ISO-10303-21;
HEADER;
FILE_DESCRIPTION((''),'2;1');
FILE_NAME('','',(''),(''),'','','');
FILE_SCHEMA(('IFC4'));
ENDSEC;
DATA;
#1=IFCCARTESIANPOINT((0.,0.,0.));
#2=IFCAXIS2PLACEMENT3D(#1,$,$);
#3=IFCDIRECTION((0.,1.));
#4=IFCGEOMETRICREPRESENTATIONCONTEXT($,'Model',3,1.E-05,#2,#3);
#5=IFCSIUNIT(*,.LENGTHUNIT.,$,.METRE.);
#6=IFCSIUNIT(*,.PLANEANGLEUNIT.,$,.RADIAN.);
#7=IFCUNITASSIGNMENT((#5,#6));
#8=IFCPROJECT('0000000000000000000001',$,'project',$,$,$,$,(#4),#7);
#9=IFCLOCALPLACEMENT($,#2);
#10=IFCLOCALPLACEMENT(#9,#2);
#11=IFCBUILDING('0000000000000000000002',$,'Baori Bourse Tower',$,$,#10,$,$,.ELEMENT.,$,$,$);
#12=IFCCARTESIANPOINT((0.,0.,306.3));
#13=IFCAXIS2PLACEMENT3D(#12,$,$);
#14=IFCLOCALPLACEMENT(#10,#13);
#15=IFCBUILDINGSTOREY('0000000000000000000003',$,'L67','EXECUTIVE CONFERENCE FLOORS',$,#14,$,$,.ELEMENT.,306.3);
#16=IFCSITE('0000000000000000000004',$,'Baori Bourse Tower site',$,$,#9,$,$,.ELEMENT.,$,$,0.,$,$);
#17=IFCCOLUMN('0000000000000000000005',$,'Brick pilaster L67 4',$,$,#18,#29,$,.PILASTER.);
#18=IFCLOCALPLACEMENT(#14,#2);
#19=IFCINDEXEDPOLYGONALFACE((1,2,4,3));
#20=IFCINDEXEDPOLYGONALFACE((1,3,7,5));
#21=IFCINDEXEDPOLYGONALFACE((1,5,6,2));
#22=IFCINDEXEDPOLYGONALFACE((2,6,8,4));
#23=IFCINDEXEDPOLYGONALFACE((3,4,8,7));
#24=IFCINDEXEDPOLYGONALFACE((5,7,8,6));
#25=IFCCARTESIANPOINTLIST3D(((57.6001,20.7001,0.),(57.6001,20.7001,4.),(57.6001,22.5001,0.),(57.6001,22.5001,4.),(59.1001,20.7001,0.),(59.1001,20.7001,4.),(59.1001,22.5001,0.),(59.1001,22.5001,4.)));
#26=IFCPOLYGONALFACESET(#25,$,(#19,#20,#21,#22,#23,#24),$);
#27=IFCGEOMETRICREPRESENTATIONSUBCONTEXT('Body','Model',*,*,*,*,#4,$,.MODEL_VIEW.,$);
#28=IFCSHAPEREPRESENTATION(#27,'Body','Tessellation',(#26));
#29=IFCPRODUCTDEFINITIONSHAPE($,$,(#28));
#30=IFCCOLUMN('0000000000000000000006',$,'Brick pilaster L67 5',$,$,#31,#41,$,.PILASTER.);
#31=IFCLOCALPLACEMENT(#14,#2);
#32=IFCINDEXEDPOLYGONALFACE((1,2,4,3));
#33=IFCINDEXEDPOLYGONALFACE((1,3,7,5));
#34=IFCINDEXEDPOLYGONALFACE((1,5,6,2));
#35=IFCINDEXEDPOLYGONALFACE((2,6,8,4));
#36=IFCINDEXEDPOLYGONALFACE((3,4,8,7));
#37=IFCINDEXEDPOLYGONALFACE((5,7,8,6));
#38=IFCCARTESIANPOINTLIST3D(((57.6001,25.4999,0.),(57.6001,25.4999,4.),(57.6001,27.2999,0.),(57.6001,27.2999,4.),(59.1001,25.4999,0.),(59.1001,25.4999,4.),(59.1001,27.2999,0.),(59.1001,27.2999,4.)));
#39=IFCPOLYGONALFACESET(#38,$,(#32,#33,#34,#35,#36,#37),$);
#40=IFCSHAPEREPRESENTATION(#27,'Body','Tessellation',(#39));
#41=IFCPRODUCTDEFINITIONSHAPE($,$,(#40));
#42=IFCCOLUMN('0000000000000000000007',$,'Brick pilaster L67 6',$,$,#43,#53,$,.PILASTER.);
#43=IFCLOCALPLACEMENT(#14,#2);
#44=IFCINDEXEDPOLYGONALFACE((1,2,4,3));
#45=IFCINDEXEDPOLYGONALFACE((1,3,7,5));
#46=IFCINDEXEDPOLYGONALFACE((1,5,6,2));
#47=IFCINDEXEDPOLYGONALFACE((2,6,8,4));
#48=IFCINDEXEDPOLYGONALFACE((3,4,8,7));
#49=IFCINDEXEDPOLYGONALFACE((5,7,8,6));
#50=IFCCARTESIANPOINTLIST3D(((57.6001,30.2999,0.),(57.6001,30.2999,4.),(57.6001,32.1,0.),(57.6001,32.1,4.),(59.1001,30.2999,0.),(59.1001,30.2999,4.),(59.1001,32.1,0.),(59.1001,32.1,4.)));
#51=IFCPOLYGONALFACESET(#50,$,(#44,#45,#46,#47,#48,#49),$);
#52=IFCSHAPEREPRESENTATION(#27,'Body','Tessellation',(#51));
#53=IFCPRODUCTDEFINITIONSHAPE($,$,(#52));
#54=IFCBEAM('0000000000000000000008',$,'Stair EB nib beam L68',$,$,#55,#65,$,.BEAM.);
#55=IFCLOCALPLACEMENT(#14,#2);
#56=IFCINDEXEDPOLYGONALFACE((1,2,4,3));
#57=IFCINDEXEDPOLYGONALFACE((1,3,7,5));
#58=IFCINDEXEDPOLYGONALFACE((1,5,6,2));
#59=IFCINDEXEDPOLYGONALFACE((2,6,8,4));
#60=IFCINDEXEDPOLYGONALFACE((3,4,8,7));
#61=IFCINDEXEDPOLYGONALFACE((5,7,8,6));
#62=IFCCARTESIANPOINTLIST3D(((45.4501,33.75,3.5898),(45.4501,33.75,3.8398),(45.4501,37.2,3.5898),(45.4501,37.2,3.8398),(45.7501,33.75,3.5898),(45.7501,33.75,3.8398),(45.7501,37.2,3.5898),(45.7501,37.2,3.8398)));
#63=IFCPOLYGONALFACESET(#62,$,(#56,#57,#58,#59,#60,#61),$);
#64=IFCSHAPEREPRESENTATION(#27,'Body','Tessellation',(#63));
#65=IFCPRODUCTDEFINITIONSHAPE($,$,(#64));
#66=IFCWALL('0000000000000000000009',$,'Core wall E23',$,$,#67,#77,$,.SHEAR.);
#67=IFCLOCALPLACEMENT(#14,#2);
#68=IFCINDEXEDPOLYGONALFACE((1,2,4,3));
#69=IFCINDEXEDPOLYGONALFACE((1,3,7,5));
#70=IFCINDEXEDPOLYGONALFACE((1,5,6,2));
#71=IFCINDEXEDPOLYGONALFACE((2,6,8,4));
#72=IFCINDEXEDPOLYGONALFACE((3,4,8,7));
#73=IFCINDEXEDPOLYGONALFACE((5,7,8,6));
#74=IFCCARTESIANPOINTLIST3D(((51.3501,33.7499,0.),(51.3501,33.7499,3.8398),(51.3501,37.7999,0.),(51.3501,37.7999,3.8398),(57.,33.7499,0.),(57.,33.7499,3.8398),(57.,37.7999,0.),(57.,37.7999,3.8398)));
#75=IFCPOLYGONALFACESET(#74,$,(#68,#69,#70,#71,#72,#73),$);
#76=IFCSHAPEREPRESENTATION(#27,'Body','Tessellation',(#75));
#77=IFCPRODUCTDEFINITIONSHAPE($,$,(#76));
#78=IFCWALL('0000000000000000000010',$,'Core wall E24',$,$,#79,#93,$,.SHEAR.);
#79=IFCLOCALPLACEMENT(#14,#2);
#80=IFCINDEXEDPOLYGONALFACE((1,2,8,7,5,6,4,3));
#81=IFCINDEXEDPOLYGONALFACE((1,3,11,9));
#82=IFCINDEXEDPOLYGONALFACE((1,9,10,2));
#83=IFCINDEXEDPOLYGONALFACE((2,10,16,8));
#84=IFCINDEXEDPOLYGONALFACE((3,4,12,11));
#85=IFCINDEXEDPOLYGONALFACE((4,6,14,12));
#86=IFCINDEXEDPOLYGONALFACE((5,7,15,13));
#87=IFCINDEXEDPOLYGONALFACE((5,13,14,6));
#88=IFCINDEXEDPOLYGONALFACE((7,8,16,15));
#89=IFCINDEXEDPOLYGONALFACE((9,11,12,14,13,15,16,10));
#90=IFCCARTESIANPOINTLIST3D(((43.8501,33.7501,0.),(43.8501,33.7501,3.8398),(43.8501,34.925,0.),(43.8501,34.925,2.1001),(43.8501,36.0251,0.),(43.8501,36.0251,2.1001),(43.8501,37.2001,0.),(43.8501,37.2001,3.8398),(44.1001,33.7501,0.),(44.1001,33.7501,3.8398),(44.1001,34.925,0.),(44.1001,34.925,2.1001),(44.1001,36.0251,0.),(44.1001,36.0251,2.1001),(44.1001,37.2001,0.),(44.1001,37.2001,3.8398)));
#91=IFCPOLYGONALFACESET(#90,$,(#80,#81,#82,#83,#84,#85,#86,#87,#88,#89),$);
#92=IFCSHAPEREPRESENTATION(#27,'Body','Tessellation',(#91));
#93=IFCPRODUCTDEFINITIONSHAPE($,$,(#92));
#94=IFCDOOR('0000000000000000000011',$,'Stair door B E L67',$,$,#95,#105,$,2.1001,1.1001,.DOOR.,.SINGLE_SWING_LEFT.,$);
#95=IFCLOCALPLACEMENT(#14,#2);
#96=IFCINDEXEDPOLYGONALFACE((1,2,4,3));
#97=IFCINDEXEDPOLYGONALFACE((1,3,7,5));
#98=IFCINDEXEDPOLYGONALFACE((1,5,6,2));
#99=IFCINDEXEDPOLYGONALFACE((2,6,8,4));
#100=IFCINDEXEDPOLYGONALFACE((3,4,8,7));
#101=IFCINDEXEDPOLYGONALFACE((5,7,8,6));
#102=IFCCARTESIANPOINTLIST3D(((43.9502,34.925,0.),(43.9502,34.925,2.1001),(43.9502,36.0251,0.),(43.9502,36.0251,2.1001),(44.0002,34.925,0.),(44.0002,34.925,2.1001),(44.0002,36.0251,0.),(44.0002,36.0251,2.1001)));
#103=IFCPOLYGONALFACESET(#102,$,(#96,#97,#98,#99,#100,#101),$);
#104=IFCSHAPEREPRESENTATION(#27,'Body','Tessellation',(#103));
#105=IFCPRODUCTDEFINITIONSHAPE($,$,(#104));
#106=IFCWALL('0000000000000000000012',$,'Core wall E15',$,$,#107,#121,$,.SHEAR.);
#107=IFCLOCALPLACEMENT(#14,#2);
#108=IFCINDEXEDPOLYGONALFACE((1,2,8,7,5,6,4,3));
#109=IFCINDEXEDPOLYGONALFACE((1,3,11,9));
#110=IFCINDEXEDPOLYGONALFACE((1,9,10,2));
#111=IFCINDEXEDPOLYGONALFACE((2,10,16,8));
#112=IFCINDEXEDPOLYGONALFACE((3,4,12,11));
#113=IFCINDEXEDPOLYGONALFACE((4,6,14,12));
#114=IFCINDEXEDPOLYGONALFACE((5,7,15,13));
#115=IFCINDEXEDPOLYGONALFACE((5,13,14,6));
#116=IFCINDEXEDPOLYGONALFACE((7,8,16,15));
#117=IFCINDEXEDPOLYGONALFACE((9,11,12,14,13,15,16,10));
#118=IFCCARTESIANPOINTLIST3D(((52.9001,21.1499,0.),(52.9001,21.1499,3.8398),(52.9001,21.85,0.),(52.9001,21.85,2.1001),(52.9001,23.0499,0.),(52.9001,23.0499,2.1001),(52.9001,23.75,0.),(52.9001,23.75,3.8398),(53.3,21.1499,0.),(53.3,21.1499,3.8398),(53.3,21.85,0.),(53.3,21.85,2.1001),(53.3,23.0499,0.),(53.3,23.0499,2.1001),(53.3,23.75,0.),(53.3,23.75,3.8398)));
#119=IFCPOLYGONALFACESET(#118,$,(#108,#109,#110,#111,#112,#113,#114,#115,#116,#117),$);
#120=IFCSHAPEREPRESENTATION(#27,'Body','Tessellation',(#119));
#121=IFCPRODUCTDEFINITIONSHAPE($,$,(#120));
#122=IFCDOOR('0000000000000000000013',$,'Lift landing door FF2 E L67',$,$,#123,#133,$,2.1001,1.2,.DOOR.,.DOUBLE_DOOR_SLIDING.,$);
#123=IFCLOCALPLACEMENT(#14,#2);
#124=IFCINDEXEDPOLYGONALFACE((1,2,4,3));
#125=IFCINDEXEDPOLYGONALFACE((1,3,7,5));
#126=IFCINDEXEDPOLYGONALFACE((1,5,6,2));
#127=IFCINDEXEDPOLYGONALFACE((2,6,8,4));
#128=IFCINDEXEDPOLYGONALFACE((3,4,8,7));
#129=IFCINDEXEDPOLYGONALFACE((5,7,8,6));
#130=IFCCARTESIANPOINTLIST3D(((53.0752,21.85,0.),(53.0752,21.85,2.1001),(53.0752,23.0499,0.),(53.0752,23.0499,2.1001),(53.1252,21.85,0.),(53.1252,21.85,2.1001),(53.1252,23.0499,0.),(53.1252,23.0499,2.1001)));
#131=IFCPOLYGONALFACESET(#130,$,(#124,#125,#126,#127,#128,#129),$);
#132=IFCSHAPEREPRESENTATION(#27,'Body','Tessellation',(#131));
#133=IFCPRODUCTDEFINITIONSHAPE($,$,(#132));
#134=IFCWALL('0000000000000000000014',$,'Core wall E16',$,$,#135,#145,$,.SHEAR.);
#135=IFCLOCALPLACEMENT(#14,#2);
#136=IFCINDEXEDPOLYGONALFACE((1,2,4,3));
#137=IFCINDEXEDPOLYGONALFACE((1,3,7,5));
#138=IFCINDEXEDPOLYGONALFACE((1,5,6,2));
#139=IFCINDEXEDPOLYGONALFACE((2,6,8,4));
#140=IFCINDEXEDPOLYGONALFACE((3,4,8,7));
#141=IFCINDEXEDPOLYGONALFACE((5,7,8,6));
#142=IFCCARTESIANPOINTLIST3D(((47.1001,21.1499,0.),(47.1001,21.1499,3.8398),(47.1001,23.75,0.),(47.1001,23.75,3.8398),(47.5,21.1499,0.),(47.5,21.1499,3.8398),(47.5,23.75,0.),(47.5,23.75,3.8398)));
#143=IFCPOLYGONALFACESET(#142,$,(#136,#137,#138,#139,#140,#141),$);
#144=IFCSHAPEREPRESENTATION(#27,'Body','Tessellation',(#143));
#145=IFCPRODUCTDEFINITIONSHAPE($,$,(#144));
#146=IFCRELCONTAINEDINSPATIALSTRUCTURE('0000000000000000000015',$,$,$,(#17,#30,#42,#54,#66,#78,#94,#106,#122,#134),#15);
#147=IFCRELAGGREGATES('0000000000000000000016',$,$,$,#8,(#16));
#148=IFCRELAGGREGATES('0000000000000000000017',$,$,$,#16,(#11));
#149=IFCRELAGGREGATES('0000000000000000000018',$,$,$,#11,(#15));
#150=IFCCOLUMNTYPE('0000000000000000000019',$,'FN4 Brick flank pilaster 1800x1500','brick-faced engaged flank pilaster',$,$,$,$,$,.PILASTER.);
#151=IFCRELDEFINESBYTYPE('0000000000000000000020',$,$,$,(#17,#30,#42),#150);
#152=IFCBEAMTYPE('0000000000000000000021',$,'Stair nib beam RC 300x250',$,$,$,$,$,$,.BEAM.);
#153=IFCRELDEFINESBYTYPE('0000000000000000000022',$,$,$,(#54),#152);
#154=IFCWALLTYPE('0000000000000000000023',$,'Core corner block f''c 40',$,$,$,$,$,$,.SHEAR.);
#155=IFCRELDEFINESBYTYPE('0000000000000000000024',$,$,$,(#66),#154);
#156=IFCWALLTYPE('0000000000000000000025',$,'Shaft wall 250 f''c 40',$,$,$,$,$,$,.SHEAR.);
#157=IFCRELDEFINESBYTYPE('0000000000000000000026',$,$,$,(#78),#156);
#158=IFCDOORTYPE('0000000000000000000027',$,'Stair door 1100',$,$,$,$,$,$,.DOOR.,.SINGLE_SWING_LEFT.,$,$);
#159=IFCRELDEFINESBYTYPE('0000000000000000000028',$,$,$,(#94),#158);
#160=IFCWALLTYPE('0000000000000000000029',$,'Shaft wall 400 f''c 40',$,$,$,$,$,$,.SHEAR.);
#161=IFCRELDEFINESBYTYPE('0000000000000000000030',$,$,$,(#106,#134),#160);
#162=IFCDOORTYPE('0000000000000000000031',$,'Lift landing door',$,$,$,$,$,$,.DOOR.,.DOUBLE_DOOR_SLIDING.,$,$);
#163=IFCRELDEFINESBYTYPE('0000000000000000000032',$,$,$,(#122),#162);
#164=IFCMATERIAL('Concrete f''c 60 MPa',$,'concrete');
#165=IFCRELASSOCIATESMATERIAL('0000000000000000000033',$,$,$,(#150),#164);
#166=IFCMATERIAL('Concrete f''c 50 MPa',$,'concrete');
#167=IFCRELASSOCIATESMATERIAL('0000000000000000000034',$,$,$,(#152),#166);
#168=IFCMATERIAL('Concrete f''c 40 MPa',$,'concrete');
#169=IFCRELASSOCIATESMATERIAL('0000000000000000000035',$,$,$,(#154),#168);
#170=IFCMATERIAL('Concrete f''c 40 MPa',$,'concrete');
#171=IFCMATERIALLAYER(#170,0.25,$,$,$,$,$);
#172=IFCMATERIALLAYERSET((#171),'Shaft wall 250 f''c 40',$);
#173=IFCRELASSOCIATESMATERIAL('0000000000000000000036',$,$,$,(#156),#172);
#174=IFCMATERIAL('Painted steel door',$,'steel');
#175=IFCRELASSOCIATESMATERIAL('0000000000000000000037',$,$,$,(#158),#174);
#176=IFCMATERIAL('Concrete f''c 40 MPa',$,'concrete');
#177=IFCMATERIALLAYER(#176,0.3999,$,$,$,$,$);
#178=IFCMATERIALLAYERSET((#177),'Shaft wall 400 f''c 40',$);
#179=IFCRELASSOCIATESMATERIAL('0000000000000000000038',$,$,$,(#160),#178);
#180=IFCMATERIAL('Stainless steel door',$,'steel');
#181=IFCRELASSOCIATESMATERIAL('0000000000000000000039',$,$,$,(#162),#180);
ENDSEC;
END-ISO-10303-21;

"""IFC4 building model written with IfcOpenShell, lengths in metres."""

from ifc_helpers import new_model, si_unit, direction, frame, frame_2d, origin, origin_2d, place, context, subcontext, project, spatial, rectangle, extrude, material, layer, layer_set, material_profile, profile_set, type_object, element, fill, save


model = new_model("IFC4")

# Units and contexts
model_context = context("Model", 3, precision=1e-05, world=origin(), true_north=direction((0.0, 1.0)))
body_context = subcontext(model_context, "Body", "Model", "MODEL_VIEW")
ifc_project = project(units=[si_unit("LENGTHUNIT", "METRE"), si_unit("PLANEANGLEUNIT", "RADIAN")], contexts=[model_context])

# Site, building, storey
site_placement = place(None, origin())
site = spatial("IfcSite", under=ifc_project, at=site_placement, Name="Baori Bourse Tower site", CompositionType="ELEMENT", RefElevation=0.0)
building_placement = place(site_placement, origin())
building = spatial("IfcBuilding", under=site, at=building_placement, Name="Baori Bourse Tower", CompositionType="ELEMENT")
storey_placement = place(building_placement, frame((0.0, 0.0, 306.3)))
storey = spatial("IfcBuildingStorey", under=building, at=storey_placement, Name="L67", Description="EXECUTIVE CONFERENCE FLOORS", CompositionType="ELEMENT", Elevation=306.3)

# Columns
ifc_material_1 = material(Name="Concrete f'c 60 MPa", Category="concrete")
ifc_material_profile_1 = material_profile(ifc_material_1, rectangle(XDim=1.8, YDim=1.5, at=origin_2d()), Name="RC 1800x1500")
ifc_profile_set_1 = profile_set([ifc_material_profile_1], Name="Concrete f'c 60 MPa")
column_type = type_object("IfcColumnType", Name="FN4 Brick flank pilaster 1800x1500", Description="brick-faced engaged flank pilaster", PredefinedType="PILASTER", material=ifc_profile_set_1)
for number, where, z_axis, x_axis, name in (
    (1, (58.3501, 21.6001, 0.0), (0.0, 0.0, 1.0), (0.0, 1.0, 0.0), "Brick pilaster L67 4"),
    (2, (58.3501, 26.3999, 0.0), (0.0, 0.0, 1.0), (0.0, 1.0, 0.0), "Brick pilaster L67 5"),
    (3, (58.3501, 31.2, 0.0), (0.0, 0.0, 1.0), (0.0, 1.0, 0.0), "Brick pilaster L67 6"),
):
    element("IfcColumn", number, at=place(storey_placement, frame(where, z_axis=z_axis, x_axis=x_axis)), inside=storey, type_object=column_type, Name=name, PredefinedType="PILASTER", context=body_context, shape_type="SweptSolid", body=[
        extrude(rectangle(XDim=1.8, YDim=1.5, at=origin_2d()), origin(), (0.0, 0.0, 1.0), 4.0),
    ])

# Beam
ifc_material_2 = material(Name="Concrete f'c 50 MPa", Category="concrete")
ifc_material_profile_2 = material_profile(ifc_material_2, rectangle(XDim=0.3, YDim=0.25, at=origin_2d()), Name="RC 300x250")
ifc_profile_set_2 = profile_set([ifc_material_profile_2], Name="Concrete f'c 50 MPa")
beam_type = type_object("IfcBeamType", Name="Stair nib beam RC 300x250", PredefinedType="BEAM", material=ifc_profile_set_2)
beam_placement = place(storey_placement, frame((45.6001, 33.75, 3.7148), z_axis=(0.0, 1.0, 0.0), x_axis=(-1.0, 0.0, 0.0)))
element("IfcBeam", 4, at=beam_placement, inside=storey, type_object=beam_type, Name="Stair EB nib beam L68", PredefinedType="BEAM", context=body_context, shape_type="SweptSolid", body=[
    extrude(rectangle(XDim=0.3, YDim=0.25, at=origin_2d()), origin(), (0.0, 0.0, 1.0), 3.45),
])

# Wall
ifc_material_3 = material(Name="Concrete f'c 40 MPa", Category="concrete")
wall_type_1 = type_object("IfcWallType", Name="Core corner block f'c 40", PredefinedType="SHEAR", material=ifc_material_3)
wall_1_placement = place(storey_placement, frame((51.3501, 35.7749, 0.0), z_axis=(0.0, 0.0, 1.0), x_axis=(1.0, 0.0, 0.0)))
element("IfcWall", 5, at=wall_1_placement, inside=storey, type_object=wall_type_1, Name="Core wall E23", PredefinedType="SHEAR", context=body_context, shape_type="SweptSolid", body=[
    extrude(rectangle(XDim=5.6499, YDim=4.05, at=frame_2d((2.825, 0.0))), origin(), (0.0, 0.0, 1.0), 3.8398),
])

# Walls, openings, doors
ifc_material_4 = material(Name="Concrete f'c 40 MPa", Category="concrete")
ifc_layer_1 = layer(ifc_material_4, 0.25)
ifc_layer_set_1 = layer_set([ifc_layer_1], Name="Shaft wall 250 f'c 40")
wall_type_2 = type_object("IfcWallType", Name="Shaft wall 250 f'c 40", PredefinedType="SHEAR", material=ifc_layer_set_1)
wall_2_placement = place(storey_placement, frame((43.9751, 33.75, 0.0), z_axis=(0.0, 0.0, 1.0), x_axis=(0.0, 1.0, 0.0)))
wall_2 = element("IfcWall", 6, at=wall_2_placement, inside=storey, type_object=wall_type_2, Name="Core wall E24", PredefinedType="SHEAR", context=body_context, shape_type="SweptSolid", body=[
    extrude(rectangle(XDim=3.45, YDim=0.25, at=frame_2d((1.7251, 0.0))), origin(), (0.0, 0.0, 1.0), 3.8398),
])
opening_1_placement = place(wall_2_placement, frame((1.175, 0.0, 0.0)))
opening_1 = element("IfcOpeningElement", 7, at=opening_1_placement, cuts=wall_2, PredefinedType="OPENING", context=body_context, shape_type="SweptSolid", body=[
    extrude(rectangle(XDim=1.1001, YDim=2.1001, at=frame_2d((0.55, 1.05))), frame((0.0, 0.135, 0.0), z_axis=(0.0, -1.0, 0.0), x_axis=(1.0, 0.0, 0.0)), (0.0, 0.0, 1.0), 0.27),
])
ifc_material_5 = material(Name="Painted steel door", Category="steel")
door_type_1 = type_object("IfcDoorType", Name="Stair door 1100", OperationType="SINGLE_SWING_LEFT", PredefinedType="DOOR", material=ifc_material_5)
door_1_placement = place(opening_1_placement, origin())
door_1 = element("IfcDoor", 8, at=door_1_placement, inside=storey, type_object=door_type_1, Name="Stair door B E L67", OperationType="SINGLE_SWING_LEFT", OverallHeight=2.1001, OverallWidth=1.1001, PredefinedType="DOOR", context=body_context, shape_type="SweptSolid", body=[
    extrude(rectangle(XDim=1.1001, YDim=2.1001, at=frame_2d((0.55, 1.05))), frame((0.0, 0.0249, 0.0), z_axis=(0.0, -1.0, 0.0), x_axis=(1.0, 0.0, 0.0)), (0.0, 0.0, 1.0), 0.05),
])
fill(opening_1, door_1)
ifc_material_6 = material(Name="Concrete f'c 40 MPa", Category="concrete")
ifc_layer_2 = layer(ifc_material_6, 0.3999)
ifc_layer_set_2 = layer_set([ifc_layer_2], Name="Shaft wall 400 f'c 40")
wall_type_3 = type_object("IfcWallType", Name="Shaft wall 400 f'c 40", PredefinedType="SHEAR", material=ifc_layer_set_2)
wall_3_placement = place(storey_placement, frame((53.1001, 21.1499, 0.0), z_axis=(0.0, 0.0, 1.0), x_axis=(0.0, 1.0, 0.0)))
wall_3 = element("IfcWall", 9, at=wall_3_placement, inside=storey, type_object=wall_type_3, Name="Core wall E15", PredefinedType="SHEAR", context=body_context, shape_type="SweptSolid", body=[
    extrude(rectangle(XDim=2.6001, YDim=0.3999, at=frame_2d((1.3, 0.0))), origin(), (0.0, 0.0, 1.0), 3.8398),
])
opening_2_placement = place(wall_3_placement, frame((0.7, 0.0, 0.0)))
opening_2 = element("IfcOpeningElement", 10, at=opening_2_placement, cuts=wall_3, PredefinedType="OPENING", context=body_context, shape_type="SweptSolid", body=[
    extrude(rectangle(XDim=1.2, YDim=2.1001, at=frame_2d((0.6001, 1.05))), frame((0.0, 0.21, 0.0), z_axis=(0.0, -1.0, 0.0), x_axis=(1.0, 0.0, 0.0)), (0.0, 0.0, 1.0), 0.4199),
])
ifc_material_7 = material(Name="Stainless steel door", Category="steel")
door_type_2 = type_object("IfcDoorType", Name="Lift landing door", OperationType="DOUBLE_DOOR_SLIDING", PredefinedType="DOOR", material=ifc_material_7)
door_2_placement = place(opening_2_placement, origin())
door_2 = element("IfcDoor", 11, at=door_2_placement, inside=storey, type_object=door_type_2, Name="Lift landing door FF2 E L67", OperationType="DOUBLE_DOOR_SLIDING", OverallHeight=2.1001, OverallWidth=1.2, PredefinedType="DOOR", context=body_context, shape_type="SweptSolid", body=[
    extrude(rectangle(XDim=1.2, YDim=2.1001, at=frame_2d((0.6001, 1.05))), frame((0.0, 0.0249, 0.0), z_axis=(0.0, -1.0, 0.0), x_axis=(1.0, 0.0, 0.0)), (0.0, 0.0, 1.0), 0.05),
])
fill(opening_2, door_2)

# Wall
wall_4_placement = place(storey_placement, frame((47.3, 21.1499, 0.0), z_axis=(0.0, 0.0, 1.0), x_axis=(0.0, 1.0, 0.0)))
element("IfcWall", 12, at=wall_4_placement, inside=storey, type_object=wall_type_3, Name="Core wall E16", PredefinedType="SHEAR", context=body_context, shape_type="SweptSolid", body=[
    extrude(rectangle(XDim=2.6001, YDim=0.3999, at=frame_2d((1.3, 0.0))), origin(), (0.0, 0.0, 1.0), 3.8398),
])

save(model, "model.ifc")
